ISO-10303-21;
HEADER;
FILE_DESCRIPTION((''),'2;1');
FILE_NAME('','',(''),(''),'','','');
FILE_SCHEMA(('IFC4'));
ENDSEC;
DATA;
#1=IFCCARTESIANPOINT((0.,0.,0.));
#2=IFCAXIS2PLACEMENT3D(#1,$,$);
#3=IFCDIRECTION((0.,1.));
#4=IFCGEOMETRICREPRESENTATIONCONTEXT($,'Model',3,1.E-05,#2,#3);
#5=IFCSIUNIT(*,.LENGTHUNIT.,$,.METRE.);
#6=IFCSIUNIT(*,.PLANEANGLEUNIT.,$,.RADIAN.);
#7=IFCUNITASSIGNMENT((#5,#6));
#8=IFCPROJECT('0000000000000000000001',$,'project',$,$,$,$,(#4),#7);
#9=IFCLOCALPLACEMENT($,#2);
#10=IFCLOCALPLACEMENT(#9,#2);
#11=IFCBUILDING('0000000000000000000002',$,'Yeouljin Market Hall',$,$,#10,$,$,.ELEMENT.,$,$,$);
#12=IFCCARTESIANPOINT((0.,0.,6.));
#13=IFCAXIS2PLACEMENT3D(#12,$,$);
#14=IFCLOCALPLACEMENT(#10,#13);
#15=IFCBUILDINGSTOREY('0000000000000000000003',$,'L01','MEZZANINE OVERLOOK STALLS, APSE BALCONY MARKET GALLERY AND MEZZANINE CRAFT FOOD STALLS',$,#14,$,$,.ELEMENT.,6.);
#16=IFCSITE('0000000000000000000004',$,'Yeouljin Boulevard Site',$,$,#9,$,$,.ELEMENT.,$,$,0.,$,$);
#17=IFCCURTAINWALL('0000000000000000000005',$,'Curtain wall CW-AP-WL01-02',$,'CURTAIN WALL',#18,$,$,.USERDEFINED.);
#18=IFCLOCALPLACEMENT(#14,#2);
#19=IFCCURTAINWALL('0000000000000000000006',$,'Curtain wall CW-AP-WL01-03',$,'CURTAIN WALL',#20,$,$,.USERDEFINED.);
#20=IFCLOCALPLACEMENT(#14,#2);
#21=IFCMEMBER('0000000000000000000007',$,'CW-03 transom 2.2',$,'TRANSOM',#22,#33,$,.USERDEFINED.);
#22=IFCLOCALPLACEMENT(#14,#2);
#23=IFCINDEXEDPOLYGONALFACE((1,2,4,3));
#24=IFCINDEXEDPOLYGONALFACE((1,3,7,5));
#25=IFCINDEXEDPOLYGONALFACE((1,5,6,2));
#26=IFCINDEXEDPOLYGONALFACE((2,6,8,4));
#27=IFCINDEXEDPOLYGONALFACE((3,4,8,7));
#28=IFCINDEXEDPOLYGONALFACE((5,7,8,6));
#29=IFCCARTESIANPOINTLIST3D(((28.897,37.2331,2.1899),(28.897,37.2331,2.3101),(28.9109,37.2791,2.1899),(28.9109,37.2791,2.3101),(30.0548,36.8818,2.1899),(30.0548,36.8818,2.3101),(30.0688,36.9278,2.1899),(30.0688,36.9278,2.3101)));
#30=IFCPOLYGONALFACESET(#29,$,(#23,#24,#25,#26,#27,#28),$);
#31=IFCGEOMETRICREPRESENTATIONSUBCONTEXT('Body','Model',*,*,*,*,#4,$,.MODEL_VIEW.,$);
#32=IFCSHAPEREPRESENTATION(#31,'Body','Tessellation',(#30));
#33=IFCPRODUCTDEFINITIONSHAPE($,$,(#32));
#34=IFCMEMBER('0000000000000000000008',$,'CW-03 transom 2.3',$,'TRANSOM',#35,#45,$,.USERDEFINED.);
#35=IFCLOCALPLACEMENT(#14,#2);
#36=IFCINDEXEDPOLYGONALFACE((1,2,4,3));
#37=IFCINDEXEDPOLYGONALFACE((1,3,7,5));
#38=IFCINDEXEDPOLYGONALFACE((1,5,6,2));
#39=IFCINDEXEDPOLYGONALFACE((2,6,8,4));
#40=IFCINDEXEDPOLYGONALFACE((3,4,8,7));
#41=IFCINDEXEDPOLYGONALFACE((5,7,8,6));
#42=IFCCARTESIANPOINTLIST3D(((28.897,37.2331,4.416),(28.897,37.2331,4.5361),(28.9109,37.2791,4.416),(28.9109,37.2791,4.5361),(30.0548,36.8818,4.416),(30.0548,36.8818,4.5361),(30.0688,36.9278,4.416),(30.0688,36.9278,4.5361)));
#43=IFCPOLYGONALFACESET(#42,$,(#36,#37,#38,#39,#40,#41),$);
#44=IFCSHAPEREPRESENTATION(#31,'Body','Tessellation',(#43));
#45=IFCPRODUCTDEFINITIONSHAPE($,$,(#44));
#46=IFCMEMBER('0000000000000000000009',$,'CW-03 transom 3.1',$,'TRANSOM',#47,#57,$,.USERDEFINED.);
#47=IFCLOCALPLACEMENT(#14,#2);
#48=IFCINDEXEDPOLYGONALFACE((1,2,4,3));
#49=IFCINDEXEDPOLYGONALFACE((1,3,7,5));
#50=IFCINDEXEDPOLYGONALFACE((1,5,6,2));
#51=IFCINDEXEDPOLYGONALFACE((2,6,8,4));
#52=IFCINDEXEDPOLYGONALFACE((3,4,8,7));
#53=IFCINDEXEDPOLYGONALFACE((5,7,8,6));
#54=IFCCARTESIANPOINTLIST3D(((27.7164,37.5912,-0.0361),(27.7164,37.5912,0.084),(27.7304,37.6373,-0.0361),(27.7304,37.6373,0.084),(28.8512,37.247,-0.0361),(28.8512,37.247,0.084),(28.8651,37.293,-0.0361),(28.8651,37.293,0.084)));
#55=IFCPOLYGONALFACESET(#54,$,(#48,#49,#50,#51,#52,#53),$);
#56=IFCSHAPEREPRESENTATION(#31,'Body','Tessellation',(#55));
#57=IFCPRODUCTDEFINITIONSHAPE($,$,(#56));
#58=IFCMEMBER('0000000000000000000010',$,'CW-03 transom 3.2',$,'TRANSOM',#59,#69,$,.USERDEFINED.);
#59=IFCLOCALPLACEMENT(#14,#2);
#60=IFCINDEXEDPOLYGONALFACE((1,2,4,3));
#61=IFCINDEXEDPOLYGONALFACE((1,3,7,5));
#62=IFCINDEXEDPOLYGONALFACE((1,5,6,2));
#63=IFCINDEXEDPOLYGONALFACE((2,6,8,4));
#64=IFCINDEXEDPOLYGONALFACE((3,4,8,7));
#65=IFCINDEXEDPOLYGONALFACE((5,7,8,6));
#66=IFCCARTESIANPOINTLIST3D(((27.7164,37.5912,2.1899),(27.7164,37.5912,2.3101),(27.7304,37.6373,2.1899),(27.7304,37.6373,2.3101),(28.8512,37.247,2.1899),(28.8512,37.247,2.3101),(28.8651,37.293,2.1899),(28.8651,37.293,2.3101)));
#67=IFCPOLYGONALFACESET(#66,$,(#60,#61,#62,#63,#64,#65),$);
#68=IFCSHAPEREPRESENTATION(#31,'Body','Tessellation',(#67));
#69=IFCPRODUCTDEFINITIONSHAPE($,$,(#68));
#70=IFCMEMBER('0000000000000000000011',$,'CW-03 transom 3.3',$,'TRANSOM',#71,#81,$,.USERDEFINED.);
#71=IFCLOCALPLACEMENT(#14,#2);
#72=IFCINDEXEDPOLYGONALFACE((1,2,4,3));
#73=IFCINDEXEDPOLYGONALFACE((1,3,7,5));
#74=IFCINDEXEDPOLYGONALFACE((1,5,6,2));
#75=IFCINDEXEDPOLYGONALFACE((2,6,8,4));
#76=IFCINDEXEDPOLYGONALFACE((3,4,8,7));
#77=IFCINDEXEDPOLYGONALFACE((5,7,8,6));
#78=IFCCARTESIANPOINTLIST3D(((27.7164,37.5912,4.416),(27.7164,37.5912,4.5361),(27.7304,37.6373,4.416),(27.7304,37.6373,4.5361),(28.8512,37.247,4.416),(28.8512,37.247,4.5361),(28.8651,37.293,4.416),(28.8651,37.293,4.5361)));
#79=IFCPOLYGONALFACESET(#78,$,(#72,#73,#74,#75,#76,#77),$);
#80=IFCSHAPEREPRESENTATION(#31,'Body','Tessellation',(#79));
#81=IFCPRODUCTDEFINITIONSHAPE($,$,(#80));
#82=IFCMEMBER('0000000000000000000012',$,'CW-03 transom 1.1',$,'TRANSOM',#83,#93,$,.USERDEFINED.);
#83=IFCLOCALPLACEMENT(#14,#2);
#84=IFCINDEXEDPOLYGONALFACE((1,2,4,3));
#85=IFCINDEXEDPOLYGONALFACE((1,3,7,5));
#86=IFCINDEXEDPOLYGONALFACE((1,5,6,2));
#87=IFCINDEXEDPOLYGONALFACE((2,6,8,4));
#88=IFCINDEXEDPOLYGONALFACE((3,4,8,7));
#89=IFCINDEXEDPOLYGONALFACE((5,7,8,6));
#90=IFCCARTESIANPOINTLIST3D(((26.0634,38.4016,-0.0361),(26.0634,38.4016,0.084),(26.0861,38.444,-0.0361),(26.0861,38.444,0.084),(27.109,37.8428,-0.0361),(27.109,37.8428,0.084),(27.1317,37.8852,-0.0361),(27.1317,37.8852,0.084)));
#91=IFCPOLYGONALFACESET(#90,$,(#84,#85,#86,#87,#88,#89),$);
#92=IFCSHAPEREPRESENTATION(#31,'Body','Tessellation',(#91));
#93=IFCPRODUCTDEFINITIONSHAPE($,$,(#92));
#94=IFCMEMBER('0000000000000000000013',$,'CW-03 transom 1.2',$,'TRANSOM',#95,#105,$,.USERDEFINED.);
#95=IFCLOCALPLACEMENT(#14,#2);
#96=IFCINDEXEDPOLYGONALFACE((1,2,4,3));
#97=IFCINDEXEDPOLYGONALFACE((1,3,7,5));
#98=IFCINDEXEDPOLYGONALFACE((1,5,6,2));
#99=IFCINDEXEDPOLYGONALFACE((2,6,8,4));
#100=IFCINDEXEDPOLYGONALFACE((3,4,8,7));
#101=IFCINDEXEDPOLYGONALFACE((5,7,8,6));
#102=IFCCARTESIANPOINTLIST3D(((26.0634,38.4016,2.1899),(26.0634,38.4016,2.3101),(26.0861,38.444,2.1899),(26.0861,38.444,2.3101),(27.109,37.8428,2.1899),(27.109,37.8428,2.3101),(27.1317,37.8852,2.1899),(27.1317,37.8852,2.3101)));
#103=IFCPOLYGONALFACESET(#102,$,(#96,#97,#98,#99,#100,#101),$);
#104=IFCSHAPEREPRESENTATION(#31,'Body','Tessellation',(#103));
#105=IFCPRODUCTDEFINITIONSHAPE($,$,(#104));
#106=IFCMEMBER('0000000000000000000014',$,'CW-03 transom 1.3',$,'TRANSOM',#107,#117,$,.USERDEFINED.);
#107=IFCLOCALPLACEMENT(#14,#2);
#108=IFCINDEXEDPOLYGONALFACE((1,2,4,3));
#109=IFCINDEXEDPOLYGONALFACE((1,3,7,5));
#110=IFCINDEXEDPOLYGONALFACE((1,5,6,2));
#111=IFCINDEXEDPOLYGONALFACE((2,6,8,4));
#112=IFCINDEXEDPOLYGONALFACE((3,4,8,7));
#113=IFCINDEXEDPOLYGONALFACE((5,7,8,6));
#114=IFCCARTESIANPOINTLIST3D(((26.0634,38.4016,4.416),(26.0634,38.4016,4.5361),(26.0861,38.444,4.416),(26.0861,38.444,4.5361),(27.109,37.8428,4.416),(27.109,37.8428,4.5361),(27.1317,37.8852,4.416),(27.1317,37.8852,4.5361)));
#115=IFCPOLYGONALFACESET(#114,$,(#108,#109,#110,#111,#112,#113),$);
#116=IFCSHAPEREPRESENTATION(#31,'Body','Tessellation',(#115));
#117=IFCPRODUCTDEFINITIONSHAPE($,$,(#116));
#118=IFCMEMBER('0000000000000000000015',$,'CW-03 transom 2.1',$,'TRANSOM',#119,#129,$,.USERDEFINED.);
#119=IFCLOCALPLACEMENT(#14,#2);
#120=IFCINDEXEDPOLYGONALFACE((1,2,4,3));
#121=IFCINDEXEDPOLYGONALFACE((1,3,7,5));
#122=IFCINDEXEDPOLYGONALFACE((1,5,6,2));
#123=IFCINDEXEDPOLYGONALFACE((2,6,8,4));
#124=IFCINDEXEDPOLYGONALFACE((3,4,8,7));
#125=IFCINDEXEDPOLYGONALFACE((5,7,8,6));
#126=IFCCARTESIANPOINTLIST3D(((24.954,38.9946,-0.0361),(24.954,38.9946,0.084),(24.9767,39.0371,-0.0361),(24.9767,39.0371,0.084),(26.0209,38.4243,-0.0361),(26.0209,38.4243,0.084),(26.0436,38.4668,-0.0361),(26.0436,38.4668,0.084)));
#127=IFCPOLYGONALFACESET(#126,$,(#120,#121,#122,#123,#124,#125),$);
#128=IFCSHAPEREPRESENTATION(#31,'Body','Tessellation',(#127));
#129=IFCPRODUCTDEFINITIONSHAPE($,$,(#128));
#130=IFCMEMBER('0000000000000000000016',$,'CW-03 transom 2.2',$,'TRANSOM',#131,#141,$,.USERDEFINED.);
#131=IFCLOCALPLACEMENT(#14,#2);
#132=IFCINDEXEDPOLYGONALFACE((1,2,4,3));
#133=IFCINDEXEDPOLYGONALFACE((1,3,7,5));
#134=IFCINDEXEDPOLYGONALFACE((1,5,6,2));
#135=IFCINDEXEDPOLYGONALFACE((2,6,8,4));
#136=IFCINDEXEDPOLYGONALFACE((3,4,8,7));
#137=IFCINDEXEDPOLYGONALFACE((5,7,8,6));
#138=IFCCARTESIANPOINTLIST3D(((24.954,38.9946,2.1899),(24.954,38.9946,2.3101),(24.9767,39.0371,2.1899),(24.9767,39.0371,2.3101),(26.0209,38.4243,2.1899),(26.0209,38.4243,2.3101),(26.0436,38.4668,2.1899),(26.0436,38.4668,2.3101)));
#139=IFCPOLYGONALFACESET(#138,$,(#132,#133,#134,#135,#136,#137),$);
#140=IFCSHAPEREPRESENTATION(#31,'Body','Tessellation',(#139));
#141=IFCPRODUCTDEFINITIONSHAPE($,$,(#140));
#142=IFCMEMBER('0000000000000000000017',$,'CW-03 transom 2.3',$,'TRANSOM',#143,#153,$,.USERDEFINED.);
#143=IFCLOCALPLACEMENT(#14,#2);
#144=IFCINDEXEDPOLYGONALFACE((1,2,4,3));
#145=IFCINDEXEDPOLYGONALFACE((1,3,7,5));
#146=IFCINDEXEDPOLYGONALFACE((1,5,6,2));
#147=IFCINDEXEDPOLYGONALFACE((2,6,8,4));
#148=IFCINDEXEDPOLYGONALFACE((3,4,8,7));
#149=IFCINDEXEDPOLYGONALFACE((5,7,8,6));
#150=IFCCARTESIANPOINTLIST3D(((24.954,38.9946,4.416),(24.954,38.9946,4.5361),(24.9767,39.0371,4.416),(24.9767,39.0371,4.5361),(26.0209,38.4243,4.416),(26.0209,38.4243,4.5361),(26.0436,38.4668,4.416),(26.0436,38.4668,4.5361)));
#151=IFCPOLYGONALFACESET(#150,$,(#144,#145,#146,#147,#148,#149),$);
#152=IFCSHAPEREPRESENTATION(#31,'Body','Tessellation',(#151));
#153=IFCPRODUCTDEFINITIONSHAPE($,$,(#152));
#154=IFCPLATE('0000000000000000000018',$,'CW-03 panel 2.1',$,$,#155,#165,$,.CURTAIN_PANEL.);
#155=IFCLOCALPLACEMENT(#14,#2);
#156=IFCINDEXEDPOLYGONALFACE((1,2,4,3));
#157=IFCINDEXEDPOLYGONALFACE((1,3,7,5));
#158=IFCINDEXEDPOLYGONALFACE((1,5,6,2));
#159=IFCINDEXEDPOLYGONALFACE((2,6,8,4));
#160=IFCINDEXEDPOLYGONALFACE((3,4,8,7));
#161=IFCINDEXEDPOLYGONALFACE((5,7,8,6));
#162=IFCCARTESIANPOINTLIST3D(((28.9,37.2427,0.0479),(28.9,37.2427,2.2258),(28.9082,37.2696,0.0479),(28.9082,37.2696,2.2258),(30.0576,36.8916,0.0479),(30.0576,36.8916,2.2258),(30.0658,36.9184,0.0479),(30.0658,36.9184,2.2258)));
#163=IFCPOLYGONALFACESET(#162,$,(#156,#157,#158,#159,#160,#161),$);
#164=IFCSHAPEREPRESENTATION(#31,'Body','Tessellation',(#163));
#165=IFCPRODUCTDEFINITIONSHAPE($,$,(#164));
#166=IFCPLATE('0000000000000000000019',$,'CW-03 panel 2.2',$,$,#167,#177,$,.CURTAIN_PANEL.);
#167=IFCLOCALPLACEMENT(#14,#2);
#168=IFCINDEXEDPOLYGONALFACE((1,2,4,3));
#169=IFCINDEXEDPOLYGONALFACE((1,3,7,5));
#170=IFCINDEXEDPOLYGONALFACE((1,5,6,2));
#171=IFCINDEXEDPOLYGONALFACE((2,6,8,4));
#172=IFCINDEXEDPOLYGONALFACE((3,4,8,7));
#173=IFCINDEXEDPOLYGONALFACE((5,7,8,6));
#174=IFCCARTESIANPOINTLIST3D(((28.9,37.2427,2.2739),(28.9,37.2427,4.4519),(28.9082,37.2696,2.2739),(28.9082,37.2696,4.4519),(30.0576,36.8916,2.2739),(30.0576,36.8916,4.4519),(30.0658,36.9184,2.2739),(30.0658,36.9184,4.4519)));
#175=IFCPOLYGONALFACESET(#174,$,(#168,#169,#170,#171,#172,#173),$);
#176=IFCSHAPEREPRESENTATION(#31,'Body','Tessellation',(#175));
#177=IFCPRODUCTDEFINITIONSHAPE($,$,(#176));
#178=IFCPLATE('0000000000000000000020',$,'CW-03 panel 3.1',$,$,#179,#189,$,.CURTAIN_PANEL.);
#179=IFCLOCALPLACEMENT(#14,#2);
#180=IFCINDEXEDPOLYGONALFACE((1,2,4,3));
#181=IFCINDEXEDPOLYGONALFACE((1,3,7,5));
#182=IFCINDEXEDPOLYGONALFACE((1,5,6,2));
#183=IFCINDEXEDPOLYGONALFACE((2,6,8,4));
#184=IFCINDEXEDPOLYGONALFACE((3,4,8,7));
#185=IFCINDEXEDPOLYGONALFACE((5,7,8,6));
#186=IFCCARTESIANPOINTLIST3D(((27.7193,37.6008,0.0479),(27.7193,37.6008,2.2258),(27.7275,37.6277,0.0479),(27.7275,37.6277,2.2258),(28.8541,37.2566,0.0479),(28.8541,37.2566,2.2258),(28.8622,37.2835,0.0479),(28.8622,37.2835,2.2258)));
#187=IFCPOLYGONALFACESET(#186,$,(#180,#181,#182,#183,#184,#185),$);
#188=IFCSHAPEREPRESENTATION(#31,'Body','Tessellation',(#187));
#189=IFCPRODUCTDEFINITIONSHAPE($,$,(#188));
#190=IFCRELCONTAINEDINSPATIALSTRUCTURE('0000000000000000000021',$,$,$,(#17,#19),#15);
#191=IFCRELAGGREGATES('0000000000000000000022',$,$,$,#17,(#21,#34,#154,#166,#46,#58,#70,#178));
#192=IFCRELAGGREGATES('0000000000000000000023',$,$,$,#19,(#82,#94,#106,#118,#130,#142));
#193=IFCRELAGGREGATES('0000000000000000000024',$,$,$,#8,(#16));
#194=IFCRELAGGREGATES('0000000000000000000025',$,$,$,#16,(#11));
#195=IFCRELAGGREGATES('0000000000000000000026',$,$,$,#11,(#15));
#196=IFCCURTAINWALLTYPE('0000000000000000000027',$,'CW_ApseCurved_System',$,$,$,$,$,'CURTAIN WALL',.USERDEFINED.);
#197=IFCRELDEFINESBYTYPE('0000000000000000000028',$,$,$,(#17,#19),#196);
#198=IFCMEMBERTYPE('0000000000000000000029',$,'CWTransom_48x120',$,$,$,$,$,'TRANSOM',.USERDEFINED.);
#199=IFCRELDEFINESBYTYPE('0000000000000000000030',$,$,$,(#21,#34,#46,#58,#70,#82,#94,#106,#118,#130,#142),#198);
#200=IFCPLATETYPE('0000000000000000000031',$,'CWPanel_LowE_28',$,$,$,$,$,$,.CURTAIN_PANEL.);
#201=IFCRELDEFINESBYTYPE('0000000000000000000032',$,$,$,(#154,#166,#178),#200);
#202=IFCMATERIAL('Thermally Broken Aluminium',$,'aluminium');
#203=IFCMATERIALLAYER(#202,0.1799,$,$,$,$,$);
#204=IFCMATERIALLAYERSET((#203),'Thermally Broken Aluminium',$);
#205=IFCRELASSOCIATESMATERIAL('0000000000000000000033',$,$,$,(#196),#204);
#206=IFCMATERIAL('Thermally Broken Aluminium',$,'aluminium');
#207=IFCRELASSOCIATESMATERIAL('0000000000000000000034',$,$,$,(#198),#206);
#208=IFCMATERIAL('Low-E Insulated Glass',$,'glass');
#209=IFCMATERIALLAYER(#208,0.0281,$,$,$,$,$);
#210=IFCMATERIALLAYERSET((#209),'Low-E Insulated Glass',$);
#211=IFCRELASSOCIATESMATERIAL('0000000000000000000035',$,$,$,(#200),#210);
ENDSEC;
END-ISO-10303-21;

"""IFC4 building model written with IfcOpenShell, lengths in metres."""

from ifc_helpers import new_model, si_unit, direction, frame, origin, origin_2d, place, context, subcontext, project, spatial, rectangle, extrude, material, layer, layer_set, material_profile, profile_set, type_object, element, aggregate, save


model = new_model("IFC4")

# Units and contexts
model_context = context("Model", 3, precision=1e-05, world=origin(), true_north=direction((0.0, 1.0)))
body_context = subcontext(model_context, "Body", "Model", "MODEL_VIEW")
ifc_project = project(units=[si_unit("LENGTHUNIT", "METRE"), si_unit("PLANEANGLEUNIT", "RADIAN")], contexts=[model_context])

# Site, building, storey
site_placement = place(None, origin())
site = spatial("IfcSite", under=ifc_project, at=site_placement, Name="Yeouljin Boulevard Site", CompositionType="ELEMENT", RefElevation=0.0)
building_placement = place(site_placement, origin())
building = spatial("IfcBuilding", under=site, at=building_placement, Name="Yeouljin Market Hall", CompositionType="ELEMENT")
storey_placement = place(building_placement, frame((0.0, 0.0, 6.0)))
storey = spatial("IfcBuildingStorey", under=building, at=storey_placement, Name="L01", Description="MEZZANINE OVERLOOK STALLS, APSE BALCONY MARKET GALLERY AND MEZZANINE CRAFT FOOD STALLS", CompositionType="ELEMENT", Elevation=6.0)

# Curtain walls
ifc_material_1 = material(Name="Thermally Broken Aluminium", Category="aluminium")
ifc_layer_1 = layer(ifc_material_1, 0.1799)
ifc_layer_set_1 = layer_set([ifc_layer_1], Name="Thermally Broken Aluminium")
curtain_wall_type = type_object("IfcCurtainWallType", Name="CW_ApseCurved_System", ElementType="CURTAIN WALL", PredefinedType="USERDEFINED", material=ifc_layer_set_1)
curtain_wall_1_placement = place(storey_placement, origin())
curtain_wall_1 = element("IfcCurtainWall", 1, at=curtain_wall_1_placement, inside=storey, type_object=curtain_wall_type, Name="Curtain wall CW-AP-WL01-02", ObjectType="CURTAIN WALL", PredefinedType="USERDEFINED")
curtain_wall_2_placement = place(storey_placement, origin())
curtain_wall_2 = element("IfcCurtainWall", 2, at=curtain_wall_2_placement, inside=storey, type_object=curtain_wall_type, Name="Curtain wall CW-AP-WL01-03", ObjectType="CURTAIN WALL", PredefinedType="USERDEFINED")

# Members
ifc_material_2 = material(Name="Thermally Broken Aluminium", Category="aluminium")
ifc_material_profile_1 = material_profile(ifc_material_2, rectangle(XDim=0.0481, YDim=0.1201, at=origin_2d()), Name="CW-TRAN-48x120")
ifc_profile_set_1 = profile_set([ifc_material_profile_1], Name="Thermally Broken Aluminium")
member_type_1 = type_object("IfcMemberType", Name="CWTransom_48x120", ElementType="TRANSOM", PredefinedType="USERDEFINED", material=ifc_profile_set_1)
member_1_placement = place(storey_placement, frame((30.0618, 36.9048, 2.25), z_axis=(-0.956911, 0.290383, 0.0), x_axis=(-0.290383, -0.956911, 0.0)))
member_1 = element("IfcMember", 3, at=member_1_placement, type_object=member_type_1, Name="CW-03 transom 2.2", ObjectType="TRANSOM", PredefinedType="USERDEFINED", context=body_context, shape_type="SweptSolid", body=[
    extrude(rectangle(XDim=0.0481, YDim=0.1201, at=origin_2d()), origin(), (0.0, 0.0, 1.0), 1.21),
])
member_2_placement = place(storey_placement, frame((30.0618, 36.9048, 4.4761), z_axis=(-0.956911, 0.290383, 0.0), x_axis=(-0.290383, -0.956911, 0.0)))
member_2 = element("IfcMember", 4, at=member_2_placement, type_object=member_type_1, Name="CW-03 transom 2.3", ObjectType="TRANSOM", PredefinedType="USERDEFINED", context=body_context, shape_type="SweptSolid", body=[
    extrude(rectangle(XDim=0.0481, YDim=0.1201, at=origin_2d()), origin(), (0.0, 0.0, 1.0), 1.21),
])
member_3_placement = place(storey_placement, frame((28.8582, 37.27, 0.0239), z_axis=(-0.956938, 0.290293, 0.0), x_axis=(-0.290293, -0.956938, 0.0)))
member_3 = element("IfcMember", 5, at=member_3_placement, type_object=member_type_1, Name="CW-03 transom 3.1", ObjectType="TRANSOM", PredefinedType="USERDEFINED", context=body_context, shape_type="SweptSolid", body=[
    extrude(rectangle(XDim=0.0481, YDim=0.1201, at=origin_2d()), origin(), (0.0, 0.0, 1.0), 1.1858),
])
member_4_placement = place(storey_placement, frame((28.8582, 37.27, 2.25), z_axis=(-0.956938, 0.290293, 0.0), x_axis=(-0.290293, -0.956938, 0.0)))
member_4 = element("IfcMember", 6, at=member_4_placement, type_object=member_type_1, Name="CW-03 transom 3.2", ObjectType="TRANSOM", PredefinedType="USERDEFINED", context=body_context, shape_type="SweptSolid", body=[
    extrude(rectangle(XDim=0.0481, YDim=0.1201, at=origin_2d()), origin(), (0.0, 0.0, 1.0), 1.1858),
])
member_5_placement = place(storey_placement, frame((28.8582, 37.27, 4.4761), z_axis=(-0.956938, 0.290293, 0.0), x_axis=(-0.290293, -0.956938, 0.0)))
member_5 = element("IfcMember", 7, at=member_5_placement, type_object=member_type_1, Name="CW-03 transom 3.3", ObjectType="TRANSOM", PredefinedType="USERDEFINED", context=body_context, shape_type="SweptSolid", body=[
    extrude(rectangle(XDim=0.0481, YDim=0.1201, at=origin_2d()), origin(), (0.0, 0.0, 1.0), 1.1858),
])
member_6_placement = place(storey_placement, frame((27.1204, 37.864, 0.0239), z_axis=(-0.881948, 0.471347, 0.0), x_axis=(-0.471347, -0.881948, 0.0)))
member_6 = element("IfcMember", 8, at=member_6_placement, type_object=member_type_1, Name="CW-03 transom 1.1", ObjectType="TRANSOM", PredefinedType="USERDEFINED", context=body_context, shape_type="SweptSolid", body=[
    extrude(rectangle(XDim=0.0481, YDim=0.1201, at=origin_2d()), origin(), (0.0, 0.0, 1.0), 1.1855),
])
member_7_placement = place(storey_placement, frame((27.1204, 37.864, 2.25), z_axis=(-0.881948, 0.471347, 0.0), x_axis=(-0.471347, -0.881948, 0.0)))
member_7 = element("IfcMember", 9, at=member_7_placement, type_object=member_type_1, Name="CW-03 transom 1.2", ObjectType="TRANSOM", PredefinedType="USERDEFINED", context=body_context, shape_type="SweptSolid", body=[
    extrude(rectangle(XDim=0.0481, YDim=0.1201, at=origin_2d()), origin(), (0.0, 0.0, 1.0), 1.1855),
])
member_8_placement = place(storey_placement, frame((27.1204, 37.864, 4.4761), z_axis=(-0.881948, 0.471347, 0.0), x_axis=(-0.471347, -0.881948, 0.0)))
member_8 = element("IfcMember", 10, at=member_8_placement, type_object=member_type_1, Name="CW-03 transom 1.3", ObjectType="TRANSOM", PredefinedType="USERDEFINED", context=body_context, shape_type="SweptSolid", body=[
    extrude(rectangle(XDim=0.0481, YDim=0.1201, at=origin_2d()), origin(), (0.0, 0.0, 1.0), 1.1855),
])
member_9_placement = place(storey_placement, frame((26.0322, 38.4456, 0.0239), z_axis=(-0.881906, 0.471426, 0.0), x_axis=(-0.471426, -0.881906, 0.0)))
member_9 = element("IfcMember", 11, at=member_9_placement, type_object=member_type_1, Name="CW-03 transom 2.1", ObjectType="TRANSOM", PredefinedType="USERDEFINED", context=body_context, shape_type="SweptSolid", body=[
    extrude(rectangle(XDim=0.0481, YDim=0.1201, at=origin_2d()), origin(), (0.0, 0.0, 1.0), 1.2097),
])
member_10_placement = place(storey_placement, frame((26.0322, 38.4456, 2.25), z_axis=(-0.881906, 0.471426, 0.0), x_axis=(-0.471426, -0.881906, 0.0)))
member_10 = element("IfcMember", 12, at=member_10_placement, type_object=member_type_1, Name="CW-03 transom 2.2", ObjectType="TRANSOM", PredefinedType="USERDEFINED", context=body_context, shape_type="SweptSolid", body=[
    extrude(rectangle(XDim=0.0481, YDim=0.1201, at=origin_2d()), origin(), (0.0, 0.0, 1.0), 1.2097),
])
member_11_placement = place(storey_placement, frame((26.0322, 38.4456, 4.4761), z_axis=(-0.881906, 0.471426, 0.0), x_axis=(-0.471426, -0.881906, 0.0)))
member_11 = element("IfcMember", 13, at=member_11_placement, type_object=member_type_1, Name="CW-03 transom 2.3", ObjectType="TRANSOM", PredefinedType="USERDEFINED", context=body_context, shape_type="SweptSolid", body=[
    extrude(rectangle(XDim=0.0481, YDim=0.1201, at=origin_2d()), origin(), (0.0, 0.0, 1.0), 1.2097),
])

# Plates
ifc_material_3 = material(Name="Low-E Insulated Glass", Category="glass")
ifc_layer_2 = layer(ifc_material_3, 0.0281)
ifc_layer_set_2 = layer_set([ifc_layer_2], Name="Low-E Insulated Glass")
plate_type = type_object("IfcPlateType", Name="CWPanel_LowE_28", PredefinedType="CURTAIN_PANEL", material=ifc_layer_set_2)
plate_1_placement = place(storey_placement, frame((29.4829, 37.0806, 0.0479), z_axis=(0.0, 0.0, 1.0), x_axis=(-0.95694, 0.290286, 0.0)))
plate_1 = element("IfcPlate", 14, at=plate_1_placement, type_object=plate_type, Name="CW-03 panel 2.1", PredefinedType="CURTAIN_PANEL", context=body_context, shape_type="SweptSolid", body=[
    extrude(rectangle(XDim=1.2097, YDim=0.0281, at=origin_2d()), origin(), (0.0, 0.0, 1.0), 2.178),
])
plate_2_placement = place(storey_placement, frame((29.4829, 37.0806, 2.2739), z_axis=(0.0, 0.0, 1.0), x_axis=(-0.95694, 0.290286, 0.0)))
plate_2 = element("IfcPlate", 15, at=plate_2_placement, type_object=plate_type, Name="CW-03 panel 2.2", PredefinedType="CURTAIN_PANEL", context=body_context, shape_type="SweptSolid", body=[
    extrude(rectangle(XDim=1.2097, YDim=0.0281, at=origin_2d()), origin(), (0.0, 0.0, 1.0), 2.178),
])
plate_3_placement = place(storey_placement, frame((28.2908, 37.4421, 0.0479), z_axis=(0.0, 0.0, 1.0), x_axis=(-0.95694, 0.290286, 0.0)))
plate_3 = element("IfcPlate", 16, at=plate_3_placement, type_object=plate_type, Name="CW-03 panel 3.1", PredefinedType="CURTAIN_PANEL", context=body_context, shape_type="SweptSolid", body=[
    extrude(rectangle(XDim=1.1858, YDim=0.0281, at=origin_2d()), origin(), (0.0, 0.0, 1.0), 2.178),
])
aggregate(curtain_wall_1, [member_1, member_2, plate_1, plate_2, member_3, member_4, member_5, plate_3])
aggregate(curtain_wall_2, [member_6, member_7, member_8, member_9, member_10, member_11])

save(model, "model.ifc")
